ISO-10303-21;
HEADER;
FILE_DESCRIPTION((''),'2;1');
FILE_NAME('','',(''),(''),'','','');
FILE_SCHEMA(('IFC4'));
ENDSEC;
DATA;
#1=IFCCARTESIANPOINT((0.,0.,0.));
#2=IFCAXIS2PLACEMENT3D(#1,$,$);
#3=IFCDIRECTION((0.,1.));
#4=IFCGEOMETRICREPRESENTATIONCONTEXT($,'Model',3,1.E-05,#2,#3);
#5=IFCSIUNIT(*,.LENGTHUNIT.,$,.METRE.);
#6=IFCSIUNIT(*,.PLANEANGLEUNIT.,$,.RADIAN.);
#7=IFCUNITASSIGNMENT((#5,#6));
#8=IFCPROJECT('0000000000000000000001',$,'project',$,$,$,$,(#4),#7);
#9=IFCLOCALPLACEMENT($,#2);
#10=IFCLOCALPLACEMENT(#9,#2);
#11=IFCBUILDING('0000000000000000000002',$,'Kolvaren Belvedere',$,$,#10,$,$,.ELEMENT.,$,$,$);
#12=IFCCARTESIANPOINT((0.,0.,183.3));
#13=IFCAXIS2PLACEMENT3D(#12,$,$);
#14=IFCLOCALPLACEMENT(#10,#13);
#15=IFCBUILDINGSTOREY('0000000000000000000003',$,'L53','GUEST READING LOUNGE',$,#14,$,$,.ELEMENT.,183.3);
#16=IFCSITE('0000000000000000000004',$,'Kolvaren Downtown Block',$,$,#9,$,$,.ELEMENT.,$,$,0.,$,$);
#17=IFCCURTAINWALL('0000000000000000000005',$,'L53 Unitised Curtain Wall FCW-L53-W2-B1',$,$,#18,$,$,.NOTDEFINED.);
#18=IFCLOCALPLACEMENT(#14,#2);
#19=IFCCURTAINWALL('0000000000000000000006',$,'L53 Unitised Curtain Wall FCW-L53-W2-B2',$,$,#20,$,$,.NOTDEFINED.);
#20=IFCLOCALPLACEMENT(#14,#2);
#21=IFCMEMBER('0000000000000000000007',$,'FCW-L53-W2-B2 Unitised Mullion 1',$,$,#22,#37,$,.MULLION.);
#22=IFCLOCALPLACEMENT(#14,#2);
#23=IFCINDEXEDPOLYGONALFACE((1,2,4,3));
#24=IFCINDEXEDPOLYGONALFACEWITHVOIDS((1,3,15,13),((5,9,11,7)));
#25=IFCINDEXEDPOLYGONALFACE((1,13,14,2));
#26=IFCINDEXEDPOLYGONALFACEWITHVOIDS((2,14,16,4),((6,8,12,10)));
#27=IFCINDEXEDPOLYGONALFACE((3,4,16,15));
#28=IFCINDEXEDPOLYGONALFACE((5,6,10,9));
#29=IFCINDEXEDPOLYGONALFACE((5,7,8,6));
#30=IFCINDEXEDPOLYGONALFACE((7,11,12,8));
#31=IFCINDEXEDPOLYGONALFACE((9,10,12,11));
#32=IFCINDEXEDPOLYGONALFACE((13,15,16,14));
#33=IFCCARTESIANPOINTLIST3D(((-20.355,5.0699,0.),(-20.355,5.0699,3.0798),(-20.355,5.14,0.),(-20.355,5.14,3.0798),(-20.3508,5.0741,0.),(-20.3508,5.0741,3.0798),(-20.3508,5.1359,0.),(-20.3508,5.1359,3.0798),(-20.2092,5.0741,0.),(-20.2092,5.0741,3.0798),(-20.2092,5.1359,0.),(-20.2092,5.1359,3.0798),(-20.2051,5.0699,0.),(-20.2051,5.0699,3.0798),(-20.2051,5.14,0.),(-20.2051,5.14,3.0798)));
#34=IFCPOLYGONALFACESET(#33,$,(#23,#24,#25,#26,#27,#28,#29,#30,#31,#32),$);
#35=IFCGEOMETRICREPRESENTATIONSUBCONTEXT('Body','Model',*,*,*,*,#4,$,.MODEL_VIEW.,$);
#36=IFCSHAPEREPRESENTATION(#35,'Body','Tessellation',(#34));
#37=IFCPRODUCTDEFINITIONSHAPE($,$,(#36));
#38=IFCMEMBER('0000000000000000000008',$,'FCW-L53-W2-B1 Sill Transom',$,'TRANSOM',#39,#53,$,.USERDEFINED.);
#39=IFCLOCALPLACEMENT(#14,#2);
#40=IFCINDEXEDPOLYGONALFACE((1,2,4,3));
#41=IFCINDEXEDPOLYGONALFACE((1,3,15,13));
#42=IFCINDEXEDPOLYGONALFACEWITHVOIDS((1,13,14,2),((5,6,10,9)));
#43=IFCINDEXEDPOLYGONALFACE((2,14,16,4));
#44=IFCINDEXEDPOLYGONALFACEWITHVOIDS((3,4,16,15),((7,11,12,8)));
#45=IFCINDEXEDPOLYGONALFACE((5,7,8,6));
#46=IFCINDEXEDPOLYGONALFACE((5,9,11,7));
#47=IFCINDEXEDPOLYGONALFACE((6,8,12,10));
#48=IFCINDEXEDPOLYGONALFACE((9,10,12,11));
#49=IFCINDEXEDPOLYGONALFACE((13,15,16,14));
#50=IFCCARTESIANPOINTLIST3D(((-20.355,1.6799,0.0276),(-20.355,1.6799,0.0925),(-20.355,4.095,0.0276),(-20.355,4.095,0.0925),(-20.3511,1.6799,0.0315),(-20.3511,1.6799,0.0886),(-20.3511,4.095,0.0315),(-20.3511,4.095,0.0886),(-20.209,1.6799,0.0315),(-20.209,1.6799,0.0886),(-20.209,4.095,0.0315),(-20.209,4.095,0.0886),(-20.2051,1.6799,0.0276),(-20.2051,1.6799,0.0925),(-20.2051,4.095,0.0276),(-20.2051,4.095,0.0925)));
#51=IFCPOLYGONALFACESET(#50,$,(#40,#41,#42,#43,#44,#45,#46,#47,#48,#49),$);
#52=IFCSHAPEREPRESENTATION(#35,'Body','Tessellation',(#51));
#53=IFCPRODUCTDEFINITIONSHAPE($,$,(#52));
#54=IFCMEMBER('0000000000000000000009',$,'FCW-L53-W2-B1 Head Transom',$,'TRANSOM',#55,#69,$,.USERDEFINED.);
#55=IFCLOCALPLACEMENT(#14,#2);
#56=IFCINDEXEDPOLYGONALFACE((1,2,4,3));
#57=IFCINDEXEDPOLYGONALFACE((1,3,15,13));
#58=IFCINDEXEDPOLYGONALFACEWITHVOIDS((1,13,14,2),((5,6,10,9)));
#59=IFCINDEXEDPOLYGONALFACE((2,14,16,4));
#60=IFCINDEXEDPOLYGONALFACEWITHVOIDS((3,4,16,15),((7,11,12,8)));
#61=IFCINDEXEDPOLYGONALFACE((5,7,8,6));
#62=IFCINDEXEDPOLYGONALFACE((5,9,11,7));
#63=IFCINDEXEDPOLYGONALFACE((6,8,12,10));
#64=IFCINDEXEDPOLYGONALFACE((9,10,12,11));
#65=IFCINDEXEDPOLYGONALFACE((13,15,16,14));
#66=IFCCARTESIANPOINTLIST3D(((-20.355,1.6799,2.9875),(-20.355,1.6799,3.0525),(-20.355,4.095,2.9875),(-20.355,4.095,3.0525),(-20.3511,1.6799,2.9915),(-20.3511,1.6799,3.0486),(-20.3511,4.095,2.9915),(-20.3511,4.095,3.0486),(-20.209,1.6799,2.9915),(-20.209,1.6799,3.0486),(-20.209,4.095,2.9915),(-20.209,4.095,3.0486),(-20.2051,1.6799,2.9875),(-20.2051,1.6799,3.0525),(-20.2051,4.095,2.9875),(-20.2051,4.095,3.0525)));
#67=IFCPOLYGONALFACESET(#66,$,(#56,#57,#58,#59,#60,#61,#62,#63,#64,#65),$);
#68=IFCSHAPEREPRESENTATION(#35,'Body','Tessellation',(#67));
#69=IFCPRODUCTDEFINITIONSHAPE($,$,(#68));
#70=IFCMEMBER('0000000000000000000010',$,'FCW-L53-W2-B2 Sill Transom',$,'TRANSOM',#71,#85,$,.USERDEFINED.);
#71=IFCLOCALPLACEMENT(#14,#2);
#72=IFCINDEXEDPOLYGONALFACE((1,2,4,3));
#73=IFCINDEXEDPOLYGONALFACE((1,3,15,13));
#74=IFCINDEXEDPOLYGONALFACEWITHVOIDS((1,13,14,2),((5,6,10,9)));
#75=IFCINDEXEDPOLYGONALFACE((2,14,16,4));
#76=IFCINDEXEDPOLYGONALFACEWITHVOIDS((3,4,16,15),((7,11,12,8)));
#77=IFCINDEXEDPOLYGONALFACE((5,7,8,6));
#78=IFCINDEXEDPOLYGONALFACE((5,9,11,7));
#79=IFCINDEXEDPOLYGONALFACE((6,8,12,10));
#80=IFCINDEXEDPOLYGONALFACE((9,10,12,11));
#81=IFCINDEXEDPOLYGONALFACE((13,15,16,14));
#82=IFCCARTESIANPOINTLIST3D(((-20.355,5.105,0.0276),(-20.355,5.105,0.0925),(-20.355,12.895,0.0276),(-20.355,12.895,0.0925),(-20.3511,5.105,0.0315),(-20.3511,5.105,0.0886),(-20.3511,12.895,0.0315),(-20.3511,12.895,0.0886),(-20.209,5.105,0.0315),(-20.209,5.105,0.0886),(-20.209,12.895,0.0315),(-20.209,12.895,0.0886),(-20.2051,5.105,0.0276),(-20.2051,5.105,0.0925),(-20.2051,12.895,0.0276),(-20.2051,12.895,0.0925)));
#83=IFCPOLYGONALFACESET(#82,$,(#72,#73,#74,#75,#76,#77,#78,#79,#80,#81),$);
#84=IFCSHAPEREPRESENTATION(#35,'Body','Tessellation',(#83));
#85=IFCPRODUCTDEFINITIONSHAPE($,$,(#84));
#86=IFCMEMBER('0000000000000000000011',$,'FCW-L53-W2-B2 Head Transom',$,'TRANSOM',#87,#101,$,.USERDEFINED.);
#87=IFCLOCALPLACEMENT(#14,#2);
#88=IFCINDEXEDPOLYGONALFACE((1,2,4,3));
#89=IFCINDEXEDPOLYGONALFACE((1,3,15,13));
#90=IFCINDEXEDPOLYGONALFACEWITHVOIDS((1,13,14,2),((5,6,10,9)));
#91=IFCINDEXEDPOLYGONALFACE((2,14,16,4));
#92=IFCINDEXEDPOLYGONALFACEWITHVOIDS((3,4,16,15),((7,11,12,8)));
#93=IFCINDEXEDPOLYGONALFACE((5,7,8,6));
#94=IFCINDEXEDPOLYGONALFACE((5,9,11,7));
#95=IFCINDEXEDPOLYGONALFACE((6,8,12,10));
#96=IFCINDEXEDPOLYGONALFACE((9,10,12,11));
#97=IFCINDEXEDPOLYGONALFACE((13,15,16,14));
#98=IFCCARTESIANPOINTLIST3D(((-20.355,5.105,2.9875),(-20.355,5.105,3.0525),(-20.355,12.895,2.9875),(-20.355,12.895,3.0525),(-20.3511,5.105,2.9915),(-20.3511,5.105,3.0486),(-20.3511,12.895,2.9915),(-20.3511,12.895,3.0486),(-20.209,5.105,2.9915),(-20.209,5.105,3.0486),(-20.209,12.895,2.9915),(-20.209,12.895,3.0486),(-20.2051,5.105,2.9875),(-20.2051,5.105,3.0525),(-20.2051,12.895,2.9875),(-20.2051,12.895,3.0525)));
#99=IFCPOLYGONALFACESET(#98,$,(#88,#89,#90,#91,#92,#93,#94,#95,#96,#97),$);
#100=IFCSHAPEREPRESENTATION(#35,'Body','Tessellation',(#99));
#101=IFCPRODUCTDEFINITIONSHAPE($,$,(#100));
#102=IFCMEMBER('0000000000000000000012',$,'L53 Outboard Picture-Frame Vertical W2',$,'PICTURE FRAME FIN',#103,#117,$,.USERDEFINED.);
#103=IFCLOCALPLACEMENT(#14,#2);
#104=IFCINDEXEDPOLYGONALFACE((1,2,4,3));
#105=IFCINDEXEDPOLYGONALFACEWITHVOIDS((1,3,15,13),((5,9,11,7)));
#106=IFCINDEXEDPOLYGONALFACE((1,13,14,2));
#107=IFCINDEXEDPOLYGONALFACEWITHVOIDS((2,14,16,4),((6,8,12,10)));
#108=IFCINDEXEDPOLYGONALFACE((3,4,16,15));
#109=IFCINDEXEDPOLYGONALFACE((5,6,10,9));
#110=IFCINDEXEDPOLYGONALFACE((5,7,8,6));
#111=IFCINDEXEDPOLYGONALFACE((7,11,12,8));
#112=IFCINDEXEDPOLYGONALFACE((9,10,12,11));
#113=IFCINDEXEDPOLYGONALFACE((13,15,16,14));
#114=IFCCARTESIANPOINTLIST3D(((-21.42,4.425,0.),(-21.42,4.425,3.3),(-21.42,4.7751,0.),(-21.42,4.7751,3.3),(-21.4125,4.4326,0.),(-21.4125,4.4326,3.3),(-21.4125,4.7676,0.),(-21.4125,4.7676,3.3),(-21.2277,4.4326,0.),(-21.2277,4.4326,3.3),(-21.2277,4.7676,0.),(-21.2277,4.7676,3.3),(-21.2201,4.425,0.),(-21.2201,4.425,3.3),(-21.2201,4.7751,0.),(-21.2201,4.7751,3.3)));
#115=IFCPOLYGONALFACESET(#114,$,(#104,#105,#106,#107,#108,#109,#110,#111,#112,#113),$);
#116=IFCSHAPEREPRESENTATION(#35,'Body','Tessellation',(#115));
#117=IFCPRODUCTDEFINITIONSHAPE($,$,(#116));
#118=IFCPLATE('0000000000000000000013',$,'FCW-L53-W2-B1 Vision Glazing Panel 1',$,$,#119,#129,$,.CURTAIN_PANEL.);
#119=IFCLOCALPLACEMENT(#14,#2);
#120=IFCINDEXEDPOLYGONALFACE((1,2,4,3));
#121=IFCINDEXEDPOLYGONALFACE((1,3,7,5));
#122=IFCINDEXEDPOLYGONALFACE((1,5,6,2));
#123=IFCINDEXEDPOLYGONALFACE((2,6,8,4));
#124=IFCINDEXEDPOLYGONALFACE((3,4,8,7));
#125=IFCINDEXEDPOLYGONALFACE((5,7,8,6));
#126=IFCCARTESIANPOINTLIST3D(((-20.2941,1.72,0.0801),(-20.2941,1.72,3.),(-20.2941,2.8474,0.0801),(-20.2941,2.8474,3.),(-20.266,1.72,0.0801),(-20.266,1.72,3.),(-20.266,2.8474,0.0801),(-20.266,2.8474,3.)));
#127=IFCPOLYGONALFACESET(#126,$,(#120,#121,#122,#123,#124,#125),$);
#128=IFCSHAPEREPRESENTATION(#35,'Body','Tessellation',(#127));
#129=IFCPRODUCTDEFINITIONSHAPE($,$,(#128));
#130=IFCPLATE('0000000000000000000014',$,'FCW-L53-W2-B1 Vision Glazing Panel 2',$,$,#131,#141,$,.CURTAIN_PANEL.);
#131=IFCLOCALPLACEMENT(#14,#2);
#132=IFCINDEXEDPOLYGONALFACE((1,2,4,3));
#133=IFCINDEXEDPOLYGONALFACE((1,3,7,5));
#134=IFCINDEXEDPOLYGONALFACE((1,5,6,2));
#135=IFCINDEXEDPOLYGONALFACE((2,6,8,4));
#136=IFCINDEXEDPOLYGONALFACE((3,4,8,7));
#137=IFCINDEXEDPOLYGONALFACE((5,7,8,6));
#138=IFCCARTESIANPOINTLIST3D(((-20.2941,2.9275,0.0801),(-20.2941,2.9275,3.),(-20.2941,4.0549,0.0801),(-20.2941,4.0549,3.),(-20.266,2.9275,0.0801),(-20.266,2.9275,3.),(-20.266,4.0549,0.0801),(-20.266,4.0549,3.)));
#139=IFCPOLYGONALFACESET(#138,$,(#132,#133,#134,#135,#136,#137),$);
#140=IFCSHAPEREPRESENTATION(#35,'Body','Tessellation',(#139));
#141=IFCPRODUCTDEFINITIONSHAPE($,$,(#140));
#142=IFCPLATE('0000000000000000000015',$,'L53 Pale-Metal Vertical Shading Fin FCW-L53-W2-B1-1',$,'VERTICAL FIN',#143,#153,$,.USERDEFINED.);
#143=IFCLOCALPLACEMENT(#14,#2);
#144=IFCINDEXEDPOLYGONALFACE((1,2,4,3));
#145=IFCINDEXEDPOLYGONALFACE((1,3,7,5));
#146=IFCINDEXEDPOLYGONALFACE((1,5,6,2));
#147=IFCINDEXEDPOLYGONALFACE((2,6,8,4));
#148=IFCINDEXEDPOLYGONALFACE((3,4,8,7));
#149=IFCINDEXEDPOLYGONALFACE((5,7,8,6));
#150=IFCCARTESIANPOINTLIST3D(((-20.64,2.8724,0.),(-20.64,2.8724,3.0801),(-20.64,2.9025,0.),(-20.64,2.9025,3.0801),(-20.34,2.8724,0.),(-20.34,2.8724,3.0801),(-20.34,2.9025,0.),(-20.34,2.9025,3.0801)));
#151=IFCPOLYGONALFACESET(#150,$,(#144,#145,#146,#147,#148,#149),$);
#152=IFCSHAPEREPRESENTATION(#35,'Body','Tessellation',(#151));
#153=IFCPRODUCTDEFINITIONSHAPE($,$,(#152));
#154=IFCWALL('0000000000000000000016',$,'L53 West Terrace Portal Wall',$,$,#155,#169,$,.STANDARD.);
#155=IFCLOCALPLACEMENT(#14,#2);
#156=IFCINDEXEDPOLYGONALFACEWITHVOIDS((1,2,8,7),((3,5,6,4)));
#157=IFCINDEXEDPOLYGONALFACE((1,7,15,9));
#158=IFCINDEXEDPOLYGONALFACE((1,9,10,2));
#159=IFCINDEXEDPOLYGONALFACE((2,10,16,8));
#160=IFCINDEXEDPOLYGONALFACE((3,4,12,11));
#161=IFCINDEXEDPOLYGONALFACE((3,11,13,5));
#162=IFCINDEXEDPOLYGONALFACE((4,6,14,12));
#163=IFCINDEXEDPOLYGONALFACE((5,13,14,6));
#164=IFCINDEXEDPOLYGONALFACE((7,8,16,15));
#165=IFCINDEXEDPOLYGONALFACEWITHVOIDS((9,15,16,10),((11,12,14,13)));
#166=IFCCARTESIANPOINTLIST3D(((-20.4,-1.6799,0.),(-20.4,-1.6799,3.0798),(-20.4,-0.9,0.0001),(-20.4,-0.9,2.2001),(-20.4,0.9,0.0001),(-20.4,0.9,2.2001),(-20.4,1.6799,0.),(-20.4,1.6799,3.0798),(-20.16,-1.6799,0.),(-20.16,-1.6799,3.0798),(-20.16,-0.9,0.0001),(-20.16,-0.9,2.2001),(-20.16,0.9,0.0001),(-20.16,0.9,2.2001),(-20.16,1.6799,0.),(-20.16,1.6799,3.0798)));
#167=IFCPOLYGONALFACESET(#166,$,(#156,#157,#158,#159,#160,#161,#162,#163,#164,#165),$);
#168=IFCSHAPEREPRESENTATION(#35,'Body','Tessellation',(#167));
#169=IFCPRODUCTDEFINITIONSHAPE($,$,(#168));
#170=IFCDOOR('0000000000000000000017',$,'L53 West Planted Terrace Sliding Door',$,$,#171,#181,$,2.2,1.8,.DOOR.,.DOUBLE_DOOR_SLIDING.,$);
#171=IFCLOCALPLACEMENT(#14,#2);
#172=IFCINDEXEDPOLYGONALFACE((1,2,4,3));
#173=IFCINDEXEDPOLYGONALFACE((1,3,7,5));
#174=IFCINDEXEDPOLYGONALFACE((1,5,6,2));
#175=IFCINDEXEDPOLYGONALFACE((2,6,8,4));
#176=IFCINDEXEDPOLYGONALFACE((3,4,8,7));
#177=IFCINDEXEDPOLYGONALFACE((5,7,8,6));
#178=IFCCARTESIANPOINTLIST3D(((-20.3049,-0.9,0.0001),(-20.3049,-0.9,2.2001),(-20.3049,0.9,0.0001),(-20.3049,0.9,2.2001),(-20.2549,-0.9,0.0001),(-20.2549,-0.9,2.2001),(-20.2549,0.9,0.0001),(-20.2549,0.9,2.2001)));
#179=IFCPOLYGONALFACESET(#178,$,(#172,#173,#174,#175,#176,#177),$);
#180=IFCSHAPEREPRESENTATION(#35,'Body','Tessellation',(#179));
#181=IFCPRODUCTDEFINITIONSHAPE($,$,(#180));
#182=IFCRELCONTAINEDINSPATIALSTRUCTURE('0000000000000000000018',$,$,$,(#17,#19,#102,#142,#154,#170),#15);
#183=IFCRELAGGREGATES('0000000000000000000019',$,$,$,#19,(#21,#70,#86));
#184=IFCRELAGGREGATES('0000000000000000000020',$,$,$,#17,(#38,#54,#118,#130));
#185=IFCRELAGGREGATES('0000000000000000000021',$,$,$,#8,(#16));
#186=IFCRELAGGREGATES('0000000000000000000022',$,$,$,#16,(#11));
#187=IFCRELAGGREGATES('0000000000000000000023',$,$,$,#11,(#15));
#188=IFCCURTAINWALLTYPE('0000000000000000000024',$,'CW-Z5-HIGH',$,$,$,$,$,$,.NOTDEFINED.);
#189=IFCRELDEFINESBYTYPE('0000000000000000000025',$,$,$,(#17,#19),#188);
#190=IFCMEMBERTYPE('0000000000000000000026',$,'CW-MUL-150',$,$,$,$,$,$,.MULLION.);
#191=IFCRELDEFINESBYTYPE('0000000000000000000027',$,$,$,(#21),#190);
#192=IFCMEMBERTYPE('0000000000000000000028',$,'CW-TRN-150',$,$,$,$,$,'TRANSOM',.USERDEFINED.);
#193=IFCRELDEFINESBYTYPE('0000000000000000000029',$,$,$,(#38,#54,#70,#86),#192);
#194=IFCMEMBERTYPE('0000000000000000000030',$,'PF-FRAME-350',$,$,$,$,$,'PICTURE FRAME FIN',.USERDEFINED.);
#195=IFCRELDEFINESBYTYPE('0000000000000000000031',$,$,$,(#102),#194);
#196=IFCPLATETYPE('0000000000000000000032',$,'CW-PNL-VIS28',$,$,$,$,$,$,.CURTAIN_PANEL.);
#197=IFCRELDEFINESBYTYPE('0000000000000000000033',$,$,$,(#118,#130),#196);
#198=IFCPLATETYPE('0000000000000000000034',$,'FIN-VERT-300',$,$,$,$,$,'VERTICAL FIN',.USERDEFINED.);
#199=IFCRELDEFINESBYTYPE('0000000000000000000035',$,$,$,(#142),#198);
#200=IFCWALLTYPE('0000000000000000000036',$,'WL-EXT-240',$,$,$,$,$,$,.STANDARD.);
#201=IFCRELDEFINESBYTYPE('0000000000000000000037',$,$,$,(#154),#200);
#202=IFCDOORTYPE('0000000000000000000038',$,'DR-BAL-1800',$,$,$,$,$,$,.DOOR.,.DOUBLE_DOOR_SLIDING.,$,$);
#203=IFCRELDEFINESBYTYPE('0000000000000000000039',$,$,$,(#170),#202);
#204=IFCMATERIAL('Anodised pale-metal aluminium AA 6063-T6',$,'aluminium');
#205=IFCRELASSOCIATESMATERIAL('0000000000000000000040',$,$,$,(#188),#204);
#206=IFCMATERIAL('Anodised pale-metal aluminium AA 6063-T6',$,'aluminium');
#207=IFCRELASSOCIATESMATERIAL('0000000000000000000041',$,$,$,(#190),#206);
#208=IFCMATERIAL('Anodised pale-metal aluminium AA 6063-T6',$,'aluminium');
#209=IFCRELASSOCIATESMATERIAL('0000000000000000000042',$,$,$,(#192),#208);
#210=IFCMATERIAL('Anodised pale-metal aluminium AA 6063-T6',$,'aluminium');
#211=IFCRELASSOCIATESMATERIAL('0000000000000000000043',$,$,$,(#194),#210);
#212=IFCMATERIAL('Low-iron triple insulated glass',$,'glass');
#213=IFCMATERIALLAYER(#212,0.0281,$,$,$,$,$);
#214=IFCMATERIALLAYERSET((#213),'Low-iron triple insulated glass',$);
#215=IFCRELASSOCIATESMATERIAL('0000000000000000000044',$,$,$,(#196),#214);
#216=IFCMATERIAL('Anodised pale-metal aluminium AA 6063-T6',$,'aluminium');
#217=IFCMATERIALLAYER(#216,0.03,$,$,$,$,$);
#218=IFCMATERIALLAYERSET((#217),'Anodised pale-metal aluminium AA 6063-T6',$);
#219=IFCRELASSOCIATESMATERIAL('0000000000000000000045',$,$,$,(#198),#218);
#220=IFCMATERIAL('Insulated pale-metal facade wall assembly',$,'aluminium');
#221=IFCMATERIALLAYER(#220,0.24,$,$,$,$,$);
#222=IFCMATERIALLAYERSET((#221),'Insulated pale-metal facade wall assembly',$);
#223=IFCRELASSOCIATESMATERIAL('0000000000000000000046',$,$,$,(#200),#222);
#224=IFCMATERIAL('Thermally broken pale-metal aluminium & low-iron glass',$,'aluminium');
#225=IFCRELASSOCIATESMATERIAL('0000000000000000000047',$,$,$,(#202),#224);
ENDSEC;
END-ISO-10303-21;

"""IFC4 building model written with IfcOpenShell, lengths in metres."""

from ifc_helpers import new_model, si_unit, direction, frame, frame_2d, origin, origin_2d, place, context, subcontext, project, spatial, rectangle, hollow_rectangle, extrude, material, layer, layer_set, material_profile, profile_set, type_object, element, fill, aggregate, save


model = new_model("IFC4")

# Units and contexts
model_context = context("Model", 3, precision=1e-05, world=origin(), true_north=direction((0.0, 1.0)))
body_context = subcontext(model_context, "Body", "Model", "MODEL_VIEW")
ifc_project = project(units=[si_unit("LENGTHUNIT", "METRE"), si_unit("PLANEANGLEUNIT", "RADIAN")], contexts=[model_context])

# Site, building, storey
site_placement = place(None, origin())
site = spatial("IfcSite", under=ifc_project, at=site_placement, Name="Kolvaren Downtown Block", CompositionType="ELEMENT", RefElevation=0.0)
building_placement = place(site_placement, origin())
building = spatial("IfcBuilding", under=site, at=building_placement, Name="Kolvaren Belvedere", CompositionType="ELEMENT")
storey_placement = place(building_placement, frame((0.0, 0.0, 183.3)))
storey = spatial("IfcBuildingStorey", under=building, at=storey_placement, Name="L53", Description="GUEST READING LOUNGE", CompositionType="ELEMENT", Elevation=183.3)

# Shared definitions
ifc_material_1 = material(Name="Anodised pale-metal aluminium AA 6063-T6", Category="aluminium")
curtain_wall_type = type_object("IfcCurtainWallType", Name="CW-Z5-HIGH", PredefinedType="NOTDEFINED", material=ifc_material_1)
ifc_material_2 = material(Name="Anodised pale-metal aluminium AA 6063-T6", Category="aluminium")
ifc_material_profile_1 = material_profile(ifc_material_2, hollow_rectangle(XDim=0.0701, YDim=0.1499, WallThickness=0.0042, at=origin_2d()), Name="ALU-MUL-150X70")
ifc_profile_set_1 = profile_set([ifc_material_profile_1], Name="Anodised pale-metal aluminium AA 6063-T6")
member_type_1 = type_object("IfcMemberType", Name="CW-MUL-150", PredefinedType="MULLION", material=ifc_profile_set_1)

# Curtain wall
curtain_wall_1_placement = place(storey_placement, origin())
curtain_wall_1 = element("IfcCurtainWall", 1, at=curtain_wall_1_placement, inside=storey, type_object=curtain_wall_type, Name="L53 Unitised Curtain Wall FCW-L53-W2-B1", PredefinedType="NOTDEFINED")

# Curtain wall, member
curtain_wall_2_placement = place(storey_placement, origin())
curtain_wall_2 = element("IfcCurtainWall", 2, at=curtain_wall_2_placement, inside=storey, type_object=curtain_wall_type, Name="L53 Unitised Curtain Wall FCW-L53-W2-B2", PredefinedType="NOTDEFINED")
member_1_placement = place(storey_placement, frame((-20.28, 5.105, 0.0), z_axis=(0.0, 0.0, 1.0), x_axis=(0.0, 1.0, 0.0)))
member_1 = element("IfcMember", 3, at=member_1_placement, type_object=member_type_1, Name="FCW-L53-W2-B2 Unitised Mullion 1", PredefinedType="MULLION", context=body_context, shape_type="SweptSolid", body=[
    extrude(hollow_rectangle(XDim=0.0701, YDim=0.1499, WallThickness=0.0042, at=origin_2d()), origin(), (0.0, 0.0, 1.0), 3.0798),
])

# Members
ifc_material_3 = material(Name="Anodised pale-metal aluminium AA 6063-T6", Category="aluminium")
ifc_material_profile_2 = material_profile(ifc_material_3, hollow_rectangle(XDim=0.0649, YDim=0.1499, WallThickness=0.0039, at=origin_2d()), Name="ALU-TRN-150X65")
ifc_profile_set_2 = profile_set([ifc_material_profile_2], Name="Anodised pale-metal aluminium AA 6063-T6")
member_type_2 = type_object("IfcMemberType", Name="CW-TRN-150", ElementType="TRANSOM", PredefinedType="USERDEFINED", material=ifc_profile_set_2)
member_2_placement = place(storey_placement, frame((-20.28, 1.6799, 0.0601), z_axis=(0.0, 1.0, 0.0), x_axis=(0.0, 0.0, 1.0)))
member_2 = element("IfcMember", 4, at=member_2_placement, type_object=member_type_2, Name="FCW-L53-W2-B1 Sill Transom", ObjectType="TRANSOM", PredefinedType="USERDEFINED", context=body_context, shape_type="SweptSolid", body=[
    extrude(hollow_rectangle(XDim=0.0649, YDim=0.1499, WallThickness=0.0039, at=origin_2d()), origin(), (0.0, 0.0, 1.0), 2.415),
])
member_3_placement = place(storey_placement, frame((-20.28, 1.6799, 3.02), z_axis=(0.0, 1.0, 0.0), x_axis=(0.0, 0.0, 1.0)))
member_3 = element("IfcMember", 5, at=member_3_placement, type_object=member_type_2, Name="FCW-L53-W2-B1 Head Transom", ObjectType="TRANSOM", PredefinedType="USERDEFINED", context=body_context, shape_type="SweptSolid", body=[
    extrude(hollow_rectangle(XDim=0.0649, YDim=0.1499, WallThickness=0.0039, at=origin_2d()), origin(), (0.0, 0.0, 1.0), 2.415),
])
member_4_placement = place(storey_placement, frame((-20.28, 5.105, 0.0601), z_axis=(0.0, 1.0, 0.0), x_axis=(0.0, 0.0, 1.0)))
member_4 = element("IfcMember", 6, at=member_4_placement, type_object=member_type_2, Name="FCW-L53-W2-B2 Sill Transom", ObjectType="TRANSOM", PredefinedType="USERDEFINED", context=body_context, shape_type="SweptSolid", body=[
    extrude(hollow_rectangle(XDim=0.0649, YDim=0.1499, WallThickness=0.0039, at=origin_2d()), origin(), (0.0, 0.0, 1.0), 7.79),
])
member_5_placement = place(storey_placement, frame((-20.28, 5.105, 3.02), z_axis=(0.0, 1.0, 0.0), x_axis=(0.0, 0.0, 1.0)))
member_5 = element("IfcMember", 7, at=member_5_placement, type_object=member_type_2, Name="FCW-L53-W2-B2 Head Transom", ObjectType="TRANSOM", PredefinedType="USERDEFINED", context=body_context, shape_type="SweptSolid", body=[
    extrude(hollow_rectangle(XDim=0.0649, YDim=0.1499, WallThickness=0.0039, at=origin_2d()), origin(), (0.0, 0.0, 1.0), 7.79),
])
aggregate(curtain_wall_2, [member_1, member_4, member_5])
ifc_material_4 = material(Name="Anodised pale-metal aluminium AA 6063-T6", Category="aluminium")
ifc_material_profile_3 = material_profile(ifc_material_4, hollow_rectangle(XDim=0.2, YDim=0.3501, WallThickness=0.0076, at=origin_2d()), Name="ALU-PF-350X200")
ifc_profile_set_3 = profile_set([ifc_material_profile_3], Name="Anodised pale-metal aluminium AA 6063-T6")
member_type_3 = type_object("IfcMemberType", Name="PF-FRAME-350", ElementType="PICTURE FRAME FIN", PredefinedType="USERDEFINED", material=ifc_profile_set_3)
member_6_placement = place(storey_placement, frame((-21.3201, 4.6001, 0.0), z_axis=(0.0, 0.0, 1.0), x_axis=(1.0, 0.0, 0.0)))
element("IfcMember", 8, at=member_6_placement, inside=storey, type_object=member_type_3, Name="L53 Outboard Picture-Frame Vertical W2", ObjectType="PICTURE FRAME FIN", PredefinedType="USERDEFINED", context=body_context, shape_type="SweptSolid", body=[
    extrude(hollow_rectangle(XDim=0.2, YDim=0.3501, WallThickness=0.0076, at=origin_2d()), origin(), (0.0, 0.0, 1.0), 3.3),
])

# Plates
ifc_material_5 = material(Name="Low-iron triple insulated glass", Category="glass")
ifc_layer_1 = layer(ifc_material_5, 0.0281)
ifc_layer_set_1 = layer_set([ifc_layer_1], Name="Low-iron triple insulated glass")
plate_type_1 = type_object("IfcPlateType", Name="CW-PNL-VIS28", PredefinedType="CURTAIN_PANEL", material=ifc_layer_set_1)
plate_1_placement = place(storey_placement, frame((-20.28, 2.2837, 0.0801), z_axis=(0.0, 0.0, 1.0), x_axis=(0.0, 1.0, 0.0)))
plate_1 = element("IfcPlate", 9, at=plate_1_placement, type_object=plate_type_1, Name="FCW-L53-W2-B1 Vision Glazing Panel 1", PredefinedType="CURTAIN_PANEL", context=body_context, shape_type="SweptSolid", body=[
    extrude(rectangle(XDim=1.1274, YDim=0.0281, at=origin_2d()), origin(), (0.0, 0.0, 1.0), 2.9199),
])
plate_2_placement = place(storey_placement, frame((-20.28, 3.4912, 0.0801), z_axis=(0.0, 0.0, 1.0), x_axis=(0.0, 1.0, 0.0)))
plate_2 = element("IfcPlate", 10, at=plate_2_placement, type_object=plate_type_1, Name="FCW-L53-W2-B1 Vision Glazing Panel 2", PredefinedType="CURTAIN_PANEL", context=body_context, shape_type="SweptSolid", body=[
    extrude(rectangle(XDim=1.1274, YDim=0.0281, at=origin_2d()), origin(), (0.0, 0.0, 1.0), 2.9199),
])
aggregate(curtain_wall_1, [member_2, member_3, plate_1, plate_2])
ifc_material_6 = material(Name="Anodised pale-metal aluminium AA 6063-T6", Category="aluminium")
ifc_layer_2 = layer(ifc_material_6, 0.03)
ifc_layer_set_2 = layer_set([ifc_layer_2], Name="Anodised pale-metal aluminium AA 6063-T6")
plate_type_2 = type_object("IfcPlateType", Name="FIN-VERT-300", ElementType="VERTICAL FIN", PredefinedType="USERDEFINED", material=ifc_layer_set_2)
plate_3_placement = place(storey_placement, frame((-20.49, 2.8875, 0.0), z_axis=(0.0, 0.0, 1.0), x_axis=(1.0, 0.0, 0.0)))
element("IfcPlate", 11, at=plate_3_placement, inside=storey, type_object=plate_type_2, Name="L53 Pale-Metal Vertical Shading Fin FCW-L53-W2-B1-1", ObjectType="VERTICAL FIN", PredefinedType="USERDEFINED", context=body_context, shape_type="SweptSolid", body=[
    extrude(rectangle(XDim=0.3, YDim=0.03, at=origin_2d()), origin(), (0.0, 0.0, 1.0), 3.0801),
])

# Wall, opening, door
ifc_material_7 = material(Name="Insulated pale-metal facade wall assembly", Category="aluminium")
ifc_layer_3 = layer(ifc_material_7, 0.24)
ifc_layer_set_3 = layer_set([ifc_layer_3], Name="Insulated pale-metal facade wall assembly")
wall_type_1 = type_object("IfcWallType", Name="WL-EXT-240", PredefinedType="STANDARD", material=ifc_layer_set_3)
wall_1_placement = place(storey_placement, frame((-20.28, -1.6799, 0.0), z_axis=(0.0, 0.0, 1.0), x_axis=(0.0, 1.0, 0.0)))
wall_1 = element("IfcWall", 12, at=wall_1_placement, inside=storey, type_object=wall_type_1, Name="L53 West Terrace Portal Wall", PredefinedType="STANDARD", context=body_context, shape_type="SweptSolid", body=[
    extrude(rectangle(XDim=3.3599, YDim=0.24, at=frame_2d((1.6799, 0.0))), origin(), (0.0, 0.0, 1.0), 3.0798),
])
opening_1_placement = place(wall_1_placement, frame((0.78, 0.0, 0.0)))
opening_1 = element("IfcOpeningElement", 13, at=opening_1_placement, cuts=wall_1, PredefinedType="OPENING", context=body_context, shape_type="SweptSolid", body=[
    extrude(rectangle(XDim=1.8, YDim=2.2, at=frame_2d((0.8999, 1.1001))), frame((0.0, 0.1299, 0.0), z_axis=(0.0, -1.0, 0.0), x_axis=(1.0, 0.0, 0.0)), (0.0, 0.0, 1.0), 0.26),
])
ifc_material_8 = material(Name="Thermally broken pale-metal aluminium & low-iron glass", Category="aluminium")
door_type_1 = type_object("IfcDoorType", Name="DR-BAL-1800", OperationType="DOUBLE_DOOR_SLIDING", PredefinedType="DOOR", material=ifc_material_8)
door_1_placement = place(opening_1_placement, origin())
door_1 = element("IfcDoor", 14, at=door_1_placement, inside=storey, type_object=door_type_1, Name="L53 West Planted Terrace Sliding Door", OperationType="DOUBLE_DOOR_SLIDING", OverallHeight=2.2, OverallWidth=1.8, PredefinedType="DOOR", context=body_context, shape_type="SweptSolid", body=[
    extrude(rectangle(XDim=1.8, YDim=2.2, at=frame_2d((0.8999, 1.1001))), frame((0.0, 0.0249, 0.0), z_axis=(0.0, -1.0, 0.0), x_axis=(1.0, 0.0, 0.0)), (0.0, 0.0, 1.0), 0.05),
])
fill(opening_1, door_1)

save(model, "model.ifc")
